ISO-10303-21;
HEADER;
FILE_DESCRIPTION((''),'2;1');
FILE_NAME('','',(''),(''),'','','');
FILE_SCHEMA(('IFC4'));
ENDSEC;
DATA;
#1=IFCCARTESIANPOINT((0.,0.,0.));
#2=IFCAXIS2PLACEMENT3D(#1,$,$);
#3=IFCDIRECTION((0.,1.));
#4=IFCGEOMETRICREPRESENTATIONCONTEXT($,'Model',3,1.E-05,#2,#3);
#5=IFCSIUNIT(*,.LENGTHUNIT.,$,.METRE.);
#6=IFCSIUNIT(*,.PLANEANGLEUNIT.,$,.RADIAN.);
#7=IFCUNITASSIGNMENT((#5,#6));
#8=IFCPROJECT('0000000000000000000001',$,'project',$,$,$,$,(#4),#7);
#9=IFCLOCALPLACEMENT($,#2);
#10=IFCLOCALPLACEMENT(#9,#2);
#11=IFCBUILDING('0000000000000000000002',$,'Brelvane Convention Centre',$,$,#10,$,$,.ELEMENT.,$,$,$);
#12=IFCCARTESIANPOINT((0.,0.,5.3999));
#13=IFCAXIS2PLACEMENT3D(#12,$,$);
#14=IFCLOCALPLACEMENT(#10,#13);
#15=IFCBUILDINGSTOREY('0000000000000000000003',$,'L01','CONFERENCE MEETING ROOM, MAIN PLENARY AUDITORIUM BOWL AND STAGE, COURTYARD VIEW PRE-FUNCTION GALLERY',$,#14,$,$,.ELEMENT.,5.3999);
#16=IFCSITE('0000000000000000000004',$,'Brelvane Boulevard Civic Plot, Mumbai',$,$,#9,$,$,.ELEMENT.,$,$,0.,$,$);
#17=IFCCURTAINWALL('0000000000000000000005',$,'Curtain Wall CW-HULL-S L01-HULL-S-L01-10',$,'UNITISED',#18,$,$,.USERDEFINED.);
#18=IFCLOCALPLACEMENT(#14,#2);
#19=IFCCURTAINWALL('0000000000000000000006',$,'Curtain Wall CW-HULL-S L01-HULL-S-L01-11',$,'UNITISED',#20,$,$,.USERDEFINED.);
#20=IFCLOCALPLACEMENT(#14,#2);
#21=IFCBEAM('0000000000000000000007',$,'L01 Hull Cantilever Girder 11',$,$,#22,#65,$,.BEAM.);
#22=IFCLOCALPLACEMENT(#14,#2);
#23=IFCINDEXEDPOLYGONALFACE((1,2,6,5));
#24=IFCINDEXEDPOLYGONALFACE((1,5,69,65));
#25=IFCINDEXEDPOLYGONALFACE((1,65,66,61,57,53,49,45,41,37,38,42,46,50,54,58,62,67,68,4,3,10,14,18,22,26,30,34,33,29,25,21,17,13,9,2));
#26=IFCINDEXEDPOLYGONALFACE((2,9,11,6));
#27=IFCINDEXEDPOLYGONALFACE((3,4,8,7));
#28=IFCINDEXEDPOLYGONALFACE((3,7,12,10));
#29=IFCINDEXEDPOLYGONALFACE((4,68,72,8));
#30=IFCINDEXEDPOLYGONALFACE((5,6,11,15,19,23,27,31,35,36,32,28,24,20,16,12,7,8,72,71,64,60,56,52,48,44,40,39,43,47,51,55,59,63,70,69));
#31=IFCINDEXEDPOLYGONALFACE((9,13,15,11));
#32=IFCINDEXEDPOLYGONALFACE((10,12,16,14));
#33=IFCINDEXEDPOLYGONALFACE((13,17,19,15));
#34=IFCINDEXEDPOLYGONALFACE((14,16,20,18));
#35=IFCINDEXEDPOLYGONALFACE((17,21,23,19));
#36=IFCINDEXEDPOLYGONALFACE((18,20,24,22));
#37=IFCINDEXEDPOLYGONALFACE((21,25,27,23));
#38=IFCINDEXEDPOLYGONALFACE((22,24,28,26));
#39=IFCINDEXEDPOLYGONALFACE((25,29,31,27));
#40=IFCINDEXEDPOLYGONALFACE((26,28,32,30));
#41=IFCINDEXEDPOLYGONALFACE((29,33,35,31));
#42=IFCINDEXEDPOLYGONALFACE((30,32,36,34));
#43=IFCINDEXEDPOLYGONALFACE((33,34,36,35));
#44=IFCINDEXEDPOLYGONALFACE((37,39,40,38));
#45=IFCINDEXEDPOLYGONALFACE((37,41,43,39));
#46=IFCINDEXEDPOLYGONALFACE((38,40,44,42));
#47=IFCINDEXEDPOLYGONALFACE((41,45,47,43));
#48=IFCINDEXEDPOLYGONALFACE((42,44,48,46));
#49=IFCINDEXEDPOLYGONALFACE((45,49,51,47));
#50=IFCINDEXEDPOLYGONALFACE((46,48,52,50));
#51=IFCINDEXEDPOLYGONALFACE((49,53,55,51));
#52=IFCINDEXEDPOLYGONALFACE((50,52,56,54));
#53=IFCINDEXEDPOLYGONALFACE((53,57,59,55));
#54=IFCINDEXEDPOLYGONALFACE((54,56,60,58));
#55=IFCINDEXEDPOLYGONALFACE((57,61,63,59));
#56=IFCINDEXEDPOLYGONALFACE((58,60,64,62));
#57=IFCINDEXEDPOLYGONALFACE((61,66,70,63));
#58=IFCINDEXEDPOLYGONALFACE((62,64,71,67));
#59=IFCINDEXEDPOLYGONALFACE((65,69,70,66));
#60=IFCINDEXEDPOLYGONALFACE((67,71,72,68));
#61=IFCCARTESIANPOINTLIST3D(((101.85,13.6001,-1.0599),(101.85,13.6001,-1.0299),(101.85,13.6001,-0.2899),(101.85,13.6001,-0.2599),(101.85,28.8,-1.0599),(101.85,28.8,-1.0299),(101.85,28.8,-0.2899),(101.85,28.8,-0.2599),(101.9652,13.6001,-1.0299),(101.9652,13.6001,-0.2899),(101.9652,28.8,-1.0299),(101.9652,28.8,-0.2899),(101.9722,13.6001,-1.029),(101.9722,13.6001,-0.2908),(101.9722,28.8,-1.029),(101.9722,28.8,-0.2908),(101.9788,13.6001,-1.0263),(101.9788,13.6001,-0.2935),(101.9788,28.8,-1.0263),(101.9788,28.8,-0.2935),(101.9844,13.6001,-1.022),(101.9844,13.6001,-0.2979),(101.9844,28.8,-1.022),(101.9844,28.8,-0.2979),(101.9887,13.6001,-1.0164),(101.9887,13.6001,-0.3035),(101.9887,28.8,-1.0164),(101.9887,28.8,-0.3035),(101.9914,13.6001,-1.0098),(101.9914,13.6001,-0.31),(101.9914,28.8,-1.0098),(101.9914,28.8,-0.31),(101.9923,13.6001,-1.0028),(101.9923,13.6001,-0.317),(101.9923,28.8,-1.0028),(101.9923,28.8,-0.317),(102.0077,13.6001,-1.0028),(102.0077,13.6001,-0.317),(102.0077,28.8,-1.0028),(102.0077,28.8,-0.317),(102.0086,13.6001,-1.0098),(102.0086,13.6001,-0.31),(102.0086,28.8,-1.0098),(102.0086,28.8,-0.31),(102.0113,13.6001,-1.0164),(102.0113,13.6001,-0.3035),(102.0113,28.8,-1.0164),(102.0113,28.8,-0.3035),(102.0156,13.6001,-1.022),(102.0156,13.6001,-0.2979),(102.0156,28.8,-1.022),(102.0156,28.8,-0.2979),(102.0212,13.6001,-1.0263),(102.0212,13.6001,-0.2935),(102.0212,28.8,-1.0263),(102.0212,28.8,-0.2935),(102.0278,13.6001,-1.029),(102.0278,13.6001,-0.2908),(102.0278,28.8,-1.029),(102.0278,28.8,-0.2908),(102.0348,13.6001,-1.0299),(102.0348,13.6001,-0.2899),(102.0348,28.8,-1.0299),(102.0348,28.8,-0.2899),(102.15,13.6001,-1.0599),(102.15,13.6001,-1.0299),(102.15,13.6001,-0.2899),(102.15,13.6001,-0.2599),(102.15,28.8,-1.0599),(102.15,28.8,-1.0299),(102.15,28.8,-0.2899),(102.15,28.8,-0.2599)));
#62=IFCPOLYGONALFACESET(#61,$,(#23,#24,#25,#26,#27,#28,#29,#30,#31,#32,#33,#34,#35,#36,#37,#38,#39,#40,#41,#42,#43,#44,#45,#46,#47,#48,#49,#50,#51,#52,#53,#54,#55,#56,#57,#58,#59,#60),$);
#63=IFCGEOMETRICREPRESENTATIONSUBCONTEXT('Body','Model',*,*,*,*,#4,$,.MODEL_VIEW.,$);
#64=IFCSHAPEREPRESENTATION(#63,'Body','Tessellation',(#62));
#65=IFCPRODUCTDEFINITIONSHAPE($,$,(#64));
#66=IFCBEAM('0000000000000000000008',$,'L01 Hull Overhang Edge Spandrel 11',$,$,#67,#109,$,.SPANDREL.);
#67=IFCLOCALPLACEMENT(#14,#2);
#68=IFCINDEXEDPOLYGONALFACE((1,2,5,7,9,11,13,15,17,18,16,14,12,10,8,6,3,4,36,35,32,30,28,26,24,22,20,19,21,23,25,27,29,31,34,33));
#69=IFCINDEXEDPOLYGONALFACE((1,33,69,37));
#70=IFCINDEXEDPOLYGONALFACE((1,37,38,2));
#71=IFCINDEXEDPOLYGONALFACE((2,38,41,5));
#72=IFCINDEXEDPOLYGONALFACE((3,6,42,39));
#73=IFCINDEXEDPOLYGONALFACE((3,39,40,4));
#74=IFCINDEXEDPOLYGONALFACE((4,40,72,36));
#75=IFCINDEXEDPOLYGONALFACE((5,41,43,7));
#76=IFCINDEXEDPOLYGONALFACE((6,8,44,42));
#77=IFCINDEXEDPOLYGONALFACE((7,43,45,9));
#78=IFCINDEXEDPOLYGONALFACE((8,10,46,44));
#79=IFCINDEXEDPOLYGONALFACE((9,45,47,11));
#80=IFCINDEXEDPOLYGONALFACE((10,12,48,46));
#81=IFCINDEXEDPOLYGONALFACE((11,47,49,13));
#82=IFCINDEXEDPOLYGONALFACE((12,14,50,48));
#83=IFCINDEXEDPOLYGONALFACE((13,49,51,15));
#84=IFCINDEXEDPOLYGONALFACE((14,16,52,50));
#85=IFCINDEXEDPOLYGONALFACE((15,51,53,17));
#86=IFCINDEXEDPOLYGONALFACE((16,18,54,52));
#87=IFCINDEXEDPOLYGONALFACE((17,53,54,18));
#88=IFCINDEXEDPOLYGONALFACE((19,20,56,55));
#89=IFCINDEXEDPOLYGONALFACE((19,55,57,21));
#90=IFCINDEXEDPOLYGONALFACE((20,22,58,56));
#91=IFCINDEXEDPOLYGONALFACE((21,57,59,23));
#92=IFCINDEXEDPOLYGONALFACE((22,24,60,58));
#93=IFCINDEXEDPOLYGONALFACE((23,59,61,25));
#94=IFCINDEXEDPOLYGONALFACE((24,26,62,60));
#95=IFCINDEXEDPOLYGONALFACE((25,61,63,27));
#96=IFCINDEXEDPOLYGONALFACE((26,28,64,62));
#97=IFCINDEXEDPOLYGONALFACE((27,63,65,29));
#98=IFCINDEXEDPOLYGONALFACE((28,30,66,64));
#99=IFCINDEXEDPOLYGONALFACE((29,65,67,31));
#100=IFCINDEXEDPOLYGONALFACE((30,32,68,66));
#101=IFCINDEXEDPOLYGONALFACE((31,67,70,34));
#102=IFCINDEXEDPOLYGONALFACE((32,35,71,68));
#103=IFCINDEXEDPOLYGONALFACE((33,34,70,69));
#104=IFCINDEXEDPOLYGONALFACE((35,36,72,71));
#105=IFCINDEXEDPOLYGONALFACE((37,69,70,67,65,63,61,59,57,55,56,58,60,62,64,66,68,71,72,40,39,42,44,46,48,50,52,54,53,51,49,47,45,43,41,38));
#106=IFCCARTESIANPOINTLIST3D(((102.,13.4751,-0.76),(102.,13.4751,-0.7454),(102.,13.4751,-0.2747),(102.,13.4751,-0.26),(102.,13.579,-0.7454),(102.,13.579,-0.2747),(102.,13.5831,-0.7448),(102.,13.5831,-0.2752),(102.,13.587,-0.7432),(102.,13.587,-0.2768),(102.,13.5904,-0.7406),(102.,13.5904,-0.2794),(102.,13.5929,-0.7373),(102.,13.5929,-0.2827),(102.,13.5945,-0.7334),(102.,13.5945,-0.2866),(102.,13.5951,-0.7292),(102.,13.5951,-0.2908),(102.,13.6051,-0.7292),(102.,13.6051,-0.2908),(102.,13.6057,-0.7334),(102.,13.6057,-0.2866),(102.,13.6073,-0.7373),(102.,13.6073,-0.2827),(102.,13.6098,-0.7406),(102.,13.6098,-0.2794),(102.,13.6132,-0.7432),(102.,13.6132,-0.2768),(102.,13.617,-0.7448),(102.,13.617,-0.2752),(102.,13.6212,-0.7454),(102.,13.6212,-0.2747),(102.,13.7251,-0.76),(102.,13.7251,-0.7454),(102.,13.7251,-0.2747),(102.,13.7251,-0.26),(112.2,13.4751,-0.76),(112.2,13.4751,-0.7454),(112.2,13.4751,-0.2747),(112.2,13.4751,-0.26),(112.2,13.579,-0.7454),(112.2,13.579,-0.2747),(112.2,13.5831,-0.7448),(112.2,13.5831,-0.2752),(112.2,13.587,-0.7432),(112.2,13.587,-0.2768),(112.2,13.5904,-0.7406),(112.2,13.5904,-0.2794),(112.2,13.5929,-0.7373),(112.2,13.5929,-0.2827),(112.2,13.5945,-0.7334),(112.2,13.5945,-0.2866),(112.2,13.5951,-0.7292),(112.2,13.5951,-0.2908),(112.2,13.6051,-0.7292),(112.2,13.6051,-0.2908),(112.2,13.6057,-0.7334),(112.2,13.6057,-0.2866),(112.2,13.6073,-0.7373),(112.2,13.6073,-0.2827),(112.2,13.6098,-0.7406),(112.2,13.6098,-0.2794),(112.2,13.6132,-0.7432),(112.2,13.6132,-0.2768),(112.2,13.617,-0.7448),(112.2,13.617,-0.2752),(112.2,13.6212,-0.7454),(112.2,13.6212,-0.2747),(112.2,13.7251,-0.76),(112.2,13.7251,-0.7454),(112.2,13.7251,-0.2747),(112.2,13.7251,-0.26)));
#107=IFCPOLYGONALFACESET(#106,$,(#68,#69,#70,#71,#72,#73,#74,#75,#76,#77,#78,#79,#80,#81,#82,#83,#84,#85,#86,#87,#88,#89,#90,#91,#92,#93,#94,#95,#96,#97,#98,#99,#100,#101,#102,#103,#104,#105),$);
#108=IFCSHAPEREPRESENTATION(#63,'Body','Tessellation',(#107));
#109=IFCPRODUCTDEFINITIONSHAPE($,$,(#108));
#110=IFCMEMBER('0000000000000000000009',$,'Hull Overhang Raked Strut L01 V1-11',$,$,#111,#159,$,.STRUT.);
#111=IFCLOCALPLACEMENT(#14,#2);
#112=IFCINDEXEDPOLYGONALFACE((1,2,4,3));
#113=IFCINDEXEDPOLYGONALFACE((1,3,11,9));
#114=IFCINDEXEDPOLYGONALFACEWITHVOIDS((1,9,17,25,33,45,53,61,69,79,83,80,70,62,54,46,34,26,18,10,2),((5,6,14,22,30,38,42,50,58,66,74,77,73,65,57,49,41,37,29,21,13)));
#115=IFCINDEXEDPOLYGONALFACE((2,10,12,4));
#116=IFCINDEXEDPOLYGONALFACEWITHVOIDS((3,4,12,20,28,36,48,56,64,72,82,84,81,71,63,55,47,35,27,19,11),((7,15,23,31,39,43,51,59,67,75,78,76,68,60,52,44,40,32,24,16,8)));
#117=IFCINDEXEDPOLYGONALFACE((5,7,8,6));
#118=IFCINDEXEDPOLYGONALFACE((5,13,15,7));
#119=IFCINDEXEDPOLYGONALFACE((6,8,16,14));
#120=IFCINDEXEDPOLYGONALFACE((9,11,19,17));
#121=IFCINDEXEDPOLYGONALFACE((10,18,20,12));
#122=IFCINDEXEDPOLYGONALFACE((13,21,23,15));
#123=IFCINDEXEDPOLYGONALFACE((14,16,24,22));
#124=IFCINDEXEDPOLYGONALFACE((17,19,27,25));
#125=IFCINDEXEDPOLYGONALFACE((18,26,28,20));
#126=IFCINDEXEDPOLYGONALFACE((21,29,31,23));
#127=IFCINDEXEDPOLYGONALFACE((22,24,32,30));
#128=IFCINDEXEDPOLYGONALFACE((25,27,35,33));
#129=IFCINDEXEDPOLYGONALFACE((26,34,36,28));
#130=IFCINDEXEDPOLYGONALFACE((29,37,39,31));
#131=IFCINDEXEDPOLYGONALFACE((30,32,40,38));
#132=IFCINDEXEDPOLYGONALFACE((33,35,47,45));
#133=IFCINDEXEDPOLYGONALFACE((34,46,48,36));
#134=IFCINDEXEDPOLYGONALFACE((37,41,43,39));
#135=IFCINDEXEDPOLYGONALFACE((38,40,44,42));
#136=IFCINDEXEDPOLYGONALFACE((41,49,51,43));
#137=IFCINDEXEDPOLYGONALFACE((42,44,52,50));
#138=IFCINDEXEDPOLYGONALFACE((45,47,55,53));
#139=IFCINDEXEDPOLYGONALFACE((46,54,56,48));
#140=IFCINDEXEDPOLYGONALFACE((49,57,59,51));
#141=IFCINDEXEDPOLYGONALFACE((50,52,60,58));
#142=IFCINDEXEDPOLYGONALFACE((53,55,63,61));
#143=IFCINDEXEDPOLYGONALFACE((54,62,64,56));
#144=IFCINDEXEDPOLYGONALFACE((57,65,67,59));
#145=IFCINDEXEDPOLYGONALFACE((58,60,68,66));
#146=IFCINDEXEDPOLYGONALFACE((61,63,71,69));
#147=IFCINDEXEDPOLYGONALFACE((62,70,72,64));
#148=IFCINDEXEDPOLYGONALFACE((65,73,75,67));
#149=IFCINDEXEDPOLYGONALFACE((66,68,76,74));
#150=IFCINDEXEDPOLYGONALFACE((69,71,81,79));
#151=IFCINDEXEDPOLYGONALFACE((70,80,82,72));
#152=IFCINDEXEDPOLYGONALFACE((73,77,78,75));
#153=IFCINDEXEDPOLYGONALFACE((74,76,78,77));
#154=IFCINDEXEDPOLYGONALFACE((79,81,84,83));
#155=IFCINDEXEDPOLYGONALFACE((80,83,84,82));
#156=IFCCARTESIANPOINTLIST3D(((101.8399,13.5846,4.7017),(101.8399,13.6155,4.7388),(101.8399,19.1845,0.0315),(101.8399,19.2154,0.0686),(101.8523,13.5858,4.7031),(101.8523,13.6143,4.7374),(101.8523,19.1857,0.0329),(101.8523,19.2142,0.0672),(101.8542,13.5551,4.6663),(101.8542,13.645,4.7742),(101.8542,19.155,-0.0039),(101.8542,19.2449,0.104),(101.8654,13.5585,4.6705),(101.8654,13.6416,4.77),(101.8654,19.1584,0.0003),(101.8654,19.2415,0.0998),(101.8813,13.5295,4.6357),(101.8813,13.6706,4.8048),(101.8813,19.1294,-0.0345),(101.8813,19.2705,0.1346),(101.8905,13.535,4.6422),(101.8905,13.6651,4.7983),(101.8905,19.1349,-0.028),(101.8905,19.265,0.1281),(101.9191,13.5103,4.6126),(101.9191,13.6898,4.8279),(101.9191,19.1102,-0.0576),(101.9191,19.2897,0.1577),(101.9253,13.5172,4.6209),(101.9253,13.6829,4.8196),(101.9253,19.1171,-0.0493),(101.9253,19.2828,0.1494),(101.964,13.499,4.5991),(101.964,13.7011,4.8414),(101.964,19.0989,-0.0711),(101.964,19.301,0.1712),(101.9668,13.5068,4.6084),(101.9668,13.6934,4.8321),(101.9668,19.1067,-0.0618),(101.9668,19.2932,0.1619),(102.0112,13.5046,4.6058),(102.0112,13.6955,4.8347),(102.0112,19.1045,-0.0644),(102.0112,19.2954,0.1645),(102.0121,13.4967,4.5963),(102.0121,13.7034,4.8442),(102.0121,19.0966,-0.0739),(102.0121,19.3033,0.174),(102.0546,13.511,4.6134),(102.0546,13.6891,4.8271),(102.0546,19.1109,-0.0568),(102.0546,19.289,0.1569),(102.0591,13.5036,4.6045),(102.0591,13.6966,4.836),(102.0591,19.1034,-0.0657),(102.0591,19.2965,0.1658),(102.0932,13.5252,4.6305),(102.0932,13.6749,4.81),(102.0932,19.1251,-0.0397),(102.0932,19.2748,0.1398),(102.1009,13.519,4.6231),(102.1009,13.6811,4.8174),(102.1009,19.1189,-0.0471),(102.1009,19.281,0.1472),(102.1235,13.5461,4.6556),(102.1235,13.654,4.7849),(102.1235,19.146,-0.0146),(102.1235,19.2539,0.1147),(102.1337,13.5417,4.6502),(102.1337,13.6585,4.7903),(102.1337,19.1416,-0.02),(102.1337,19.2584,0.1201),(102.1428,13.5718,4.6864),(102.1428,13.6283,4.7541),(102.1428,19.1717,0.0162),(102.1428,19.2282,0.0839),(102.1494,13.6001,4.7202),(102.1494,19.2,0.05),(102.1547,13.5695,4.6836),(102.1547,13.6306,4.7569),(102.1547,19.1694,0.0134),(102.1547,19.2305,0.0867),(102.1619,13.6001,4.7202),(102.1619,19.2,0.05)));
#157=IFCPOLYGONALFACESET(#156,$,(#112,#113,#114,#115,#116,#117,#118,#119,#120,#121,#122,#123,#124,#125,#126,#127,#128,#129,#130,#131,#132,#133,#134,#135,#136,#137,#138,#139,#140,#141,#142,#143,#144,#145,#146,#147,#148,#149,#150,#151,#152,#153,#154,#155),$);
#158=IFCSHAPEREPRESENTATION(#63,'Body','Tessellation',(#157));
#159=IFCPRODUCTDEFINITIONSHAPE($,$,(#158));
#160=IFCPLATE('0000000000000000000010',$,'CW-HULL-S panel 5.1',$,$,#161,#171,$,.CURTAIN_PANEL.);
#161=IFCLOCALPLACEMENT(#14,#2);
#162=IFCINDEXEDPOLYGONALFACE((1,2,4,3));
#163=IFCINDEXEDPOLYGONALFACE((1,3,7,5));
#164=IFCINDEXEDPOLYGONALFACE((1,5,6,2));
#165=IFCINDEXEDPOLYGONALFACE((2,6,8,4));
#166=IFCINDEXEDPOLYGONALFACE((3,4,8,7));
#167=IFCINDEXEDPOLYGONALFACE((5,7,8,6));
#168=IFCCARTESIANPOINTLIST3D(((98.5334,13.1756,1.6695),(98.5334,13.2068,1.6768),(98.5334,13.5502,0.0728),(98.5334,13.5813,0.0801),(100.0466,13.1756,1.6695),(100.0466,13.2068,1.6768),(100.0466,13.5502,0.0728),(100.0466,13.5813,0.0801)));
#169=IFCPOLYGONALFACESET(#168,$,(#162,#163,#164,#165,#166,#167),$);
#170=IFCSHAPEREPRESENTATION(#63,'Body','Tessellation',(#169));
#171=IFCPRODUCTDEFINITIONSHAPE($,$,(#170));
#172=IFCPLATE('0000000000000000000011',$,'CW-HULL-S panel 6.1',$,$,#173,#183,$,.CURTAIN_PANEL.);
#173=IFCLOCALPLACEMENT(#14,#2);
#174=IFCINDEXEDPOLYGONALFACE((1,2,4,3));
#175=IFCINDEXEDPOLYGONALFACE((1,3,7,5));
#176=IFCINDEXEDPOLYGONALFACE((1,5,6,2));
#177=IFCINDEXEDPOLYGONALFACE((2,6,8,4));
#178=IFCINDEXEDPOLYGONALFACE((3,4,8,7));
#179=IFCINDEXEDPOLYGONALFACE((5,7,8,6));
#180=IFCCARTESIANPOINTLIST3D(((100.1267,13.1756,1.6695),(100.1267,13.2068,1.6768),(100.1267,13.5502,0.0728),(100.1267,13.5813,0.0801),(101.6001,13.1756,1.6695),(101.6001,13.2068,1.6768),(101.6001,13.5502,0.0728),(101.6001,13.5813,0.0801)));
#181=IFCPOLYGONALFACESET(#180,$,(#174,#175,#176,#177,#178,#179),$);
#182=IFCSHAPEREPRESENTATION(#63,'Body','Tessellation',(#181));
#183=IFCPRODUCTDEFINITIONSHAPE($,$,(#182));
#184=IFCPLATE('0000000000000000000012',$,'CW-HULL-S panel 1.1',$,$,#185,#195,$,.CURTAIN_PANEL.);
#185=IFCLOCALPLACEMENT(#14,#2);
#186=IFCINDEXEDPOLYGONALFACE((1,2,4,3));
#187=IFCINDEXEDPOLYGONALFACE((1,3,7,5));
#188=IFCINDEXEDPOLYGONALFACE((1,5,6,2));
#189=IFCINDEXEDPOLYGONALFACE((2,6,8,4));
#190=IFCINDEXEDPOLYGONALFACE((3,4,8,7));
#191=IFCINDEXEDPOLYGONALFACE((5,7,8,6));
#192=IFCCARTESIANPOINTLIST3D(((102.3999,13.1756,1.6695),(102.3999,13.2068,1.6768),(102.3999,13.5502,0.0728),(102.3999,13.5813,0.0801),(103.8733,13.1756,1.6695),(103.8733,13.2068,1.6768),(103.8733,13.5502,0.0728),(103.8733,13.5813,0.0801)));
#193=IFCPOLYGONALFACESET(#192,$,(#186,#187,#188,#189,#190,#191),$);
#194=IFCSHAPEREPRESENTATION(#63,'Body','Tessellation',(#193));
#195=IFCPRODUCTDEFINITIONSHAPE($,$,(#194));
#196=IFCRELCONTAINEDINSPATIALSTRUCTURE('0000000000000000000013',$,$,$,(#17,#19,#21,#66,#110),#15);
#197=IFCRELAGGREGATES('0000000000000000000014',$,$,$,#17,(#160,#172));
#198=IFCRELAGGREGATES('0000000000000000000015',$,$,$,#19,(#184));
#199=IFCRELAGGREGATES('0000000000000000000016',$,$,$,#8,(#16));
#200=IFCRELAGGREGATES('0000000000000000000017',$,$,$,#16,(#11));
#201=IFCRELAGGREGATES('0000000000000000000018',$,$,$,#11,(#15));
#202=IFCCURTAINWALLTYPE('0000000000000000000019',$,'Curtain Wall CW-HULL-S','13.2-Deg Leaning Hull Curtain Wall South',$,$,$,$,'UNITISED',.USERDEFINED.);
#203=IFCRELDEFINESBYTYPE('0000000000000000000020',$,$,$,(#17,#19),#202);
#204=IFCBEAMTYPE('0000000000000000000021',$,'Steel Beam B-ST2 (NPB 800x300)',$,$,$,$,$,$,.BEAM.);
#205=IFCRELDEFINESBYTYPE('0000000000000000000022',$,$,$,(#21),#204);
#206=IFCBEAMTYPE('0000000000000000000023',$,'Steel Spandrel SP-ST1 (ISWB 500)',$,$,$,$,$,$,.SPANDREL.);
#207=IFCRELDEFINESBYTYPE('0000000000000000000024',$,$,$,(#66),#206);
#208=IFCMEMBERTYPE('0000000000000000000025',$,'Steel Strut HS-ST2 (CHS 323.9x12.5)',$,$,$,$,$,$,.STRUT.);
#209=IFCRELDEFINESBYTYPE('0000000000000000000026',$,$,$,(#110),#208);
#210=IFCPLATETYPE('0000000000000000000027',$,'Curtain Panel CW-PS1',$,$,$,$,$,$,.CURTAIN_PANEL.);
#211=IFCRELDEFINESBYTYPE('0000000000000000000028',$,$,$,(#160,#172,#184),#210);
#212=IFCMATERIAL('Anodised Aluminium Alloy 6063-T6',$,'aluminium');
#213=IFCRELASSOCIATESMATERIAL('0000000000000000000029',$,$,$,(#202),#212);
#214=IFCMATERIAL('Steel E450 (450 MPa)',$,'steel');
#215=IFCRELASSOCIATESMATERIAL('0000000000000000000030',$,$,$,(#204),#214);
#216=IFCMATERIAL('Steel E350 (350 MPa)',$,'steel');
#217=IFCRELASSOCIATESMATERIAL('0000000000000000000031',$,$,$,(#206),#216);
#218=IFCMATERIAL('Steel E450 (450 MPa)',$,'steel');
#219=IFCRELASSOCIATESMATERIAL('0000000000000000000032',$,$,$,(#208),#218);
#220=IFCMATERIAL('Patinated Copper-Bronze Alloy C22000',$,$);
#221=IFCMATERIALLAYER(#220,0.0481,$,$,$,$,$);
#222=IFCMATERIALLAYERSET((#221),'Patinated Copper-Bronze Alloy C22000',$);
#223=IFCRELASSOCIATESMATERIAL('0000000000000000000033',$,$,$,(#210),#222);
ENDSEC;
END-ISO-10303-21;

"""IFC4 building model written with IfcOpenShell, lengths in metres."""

from ifc_helpers import new_model, si_unit, direction, frame, origin, origin_2d, place, context, subcontext, project, spatial, polyline, hollow_circle, i_section, outline, extrude, material, layer, layer_set, material_profile, profile_set, type_object, element, aggregate, save


model = new_model("IFC4")

# Units and contexts
model_context = context("Model", 3, precision=1e-05, world=origin(), true_north=direction((0.0, 1.0)))
body_context = subcontext(model_context, "Body", "Model", "MODEL_VIEW")
ifc_project = project(units=[si_unit("LENGTHUNIT", "METRE"), si_unit("PLANEANGLEUNIT", "RADIAN")], contexts=[model_context])

# Site, building, storey
site_placement = place(None, origin())
site = spatial("IfcSite", under=ifc_project, at=site_placement, Name="Brelvane Boulevard Civic Plot, Mumbai", CompositionType="ELEMENT", RefElevation=0.0)
building_placement = place(site_placement, origin())
building = spatial("IfcBuilding", under=site, at=building_placement, Name="Brelvane Convention Centre", CompositionType="ELEMENT")
storey_placement = place(building_placement, frame((0.0, 0.0, 5.3999)))
storey = spatial("IfcBuildingStorey", under=building, at=storey_placement, Name="L01", Description="CONFERENCE MEETING ROOM, MAIN PLENARY AUDITORIUM BOWL AND STAGE, COURTYARD VIEW PRE-FUNCTION GALLERY", CompositionType="ELEMENT", Elevation=5.3999)

# Curtain walls
ifc_material_1 = material(Name="Anodised Aluminium Alloy 6063-T6", Category="aluminium")
curtain_wall_type = type_object("IfcCurtainWallType", Name="Curtain Wall CW-HULL-S", Description="13.2-Deg Leaning Hull Curtain Wall South", ElementType="UNITISED", PredefinedType="USERDEFINED", material=ifc_material_1)
curtain_wall_1_placement = place(storey_placement, origin())
curtain_wall_1 = element("IfcCurtainWall", 1, at=curtain_wall_1_placement, inside=storey, type_object=curtain_wall_type, Name="Curtain Wall CW-HULL-S L01-HULL-S-L01-10", ObjectType="UNITISED", PredefinedType="USERDEFINED")
curtain_wall_2_placement = place(storey_placement, origin())
curtain_wall_2 = element("IfcCurtainWall", 2, at=curtain_wall_2_placement, inside=storey, type_object=curtain_wall_type, Name="Curtain Wall CW-HULL-S L01-HULL-S-L01-11", ObjectType="UNITISED", PredefinedType="USERDEFINED")

# Beams
ifc_material_2 = material(Name="Steel E450 (450 MPa)", Category="steel")
ifc_material_profile_1 = material_profile(ifc_material_2, i_section(OverallWidth=0.3, OverallDepth=0.8, WebThickness=0.0154, FlangeThickness=0.03, FilletRadius=0.0271, at=origin_2d()), Name="NPB 800x300")
ifc_profile_set_1 = profile_set([ifc_material_profile_1], Name="Steel E450 (450 MPa)")
beam_type_1 = type_object("IfcBeamType", Name="Steel Beam B-ST2 (NPB 800x300)", PredefinedType="BEAM", material=ifc_profile_set_1)
beam_1_placement = place(storey_placement, frame((102.0, 13.6001, -0.6599), z_axis=(0.0, 1.0, 0.0), x_axis=(-1.0, 0.0, 0.0)))
element("IfcBeam", 3, at=beam_1_placement, inside=storey, type_object=beam_type_1, Name="L01 Hull Cantilever Girder 11", PredefinedType="BEAM", context=body_context, shape_type="SweptSolid", body=[
    extrude(i_section(OverallWidth=0.3, OverallDepth=0.8, WebThickness=0.0154, FlangeThickness=0.03, FilletRadius=0.0271, at=origin_2d()), origin(), (0.0, 0.0, 1.0), 15.2),
])
ifc_material_3 = material(Name="Steel E350 (350 MPa)", Category="steel")
ifc_material_profile_2 = material_profile(ifc_material_3, i_section(OverallWidth=0.25, OverallDepth=0.5, WebThickness=0.01, FlangeThickness=0.0146, FilletRadius=0.0161, at=origin_2d()), Name="ISWB 500")
ifc_profile_set_2 = profile_set([ifc_material_profile_2], Name="Steel E350 (350 MPa)")
beam_type_2 = type_object("IfcBeamType", Name="Steel Spandrel SP-ST1 (ISWB 500)", PredefinedType="SPANDREL", material=ifc_profile_set_2)
beam_2_placement = place(storey_placement, frame((102.0, 13.6001, -0.51), z_axis=(1.0, 0.0, 0.0), x_axis=(0.0, 1.0, 0.0)))
element("IfcBeam", 4, at=beam_2_placement, inside=storey, type_object=beam_type_2, Name="L01 Hull Overhang Edge Spandrel 11", PredefinedType="SPANDREL", context=body_context, shape_type="SweptSolid", body=[
    extrude(i_section(OverallWidth=0.25, OverallDepth=0.5, WebThickness=0.01, FlangeThickness=0.0146, FilletRadius=0.0161, at=origin_2d()), origin(), (0.0, 0.0, 1.0), 10.2),
])

# Member
ifc_material_4 = material(Name="Steel E450 (450 MPa)", Category="steel")
ifc_material_profile_3 = material_profile(ifc_material_4, hollow_circle(Radius=0.1619, WallThickness=0.0125, at=origin_2d()), Name="CHS 323.9x12.5")
ifc_profile_set_3 = profile_set([ifc_material_profile_3], Name="Steel E450 (450 MPa)")
member_type_1 = type_object("IfcMemberType", Name="Steel Strut HS-ST2 (CHS 323.9x12.5)", PredefinedType="STRUT", material=ifc_profile_set_3)
member_1_placement = place(storey_placement, frame((102.0, 19.2, 0.05), z_axis=(0.0, -0.767977, 0.640477), x_axis=(1.0, 0.0, 0.0)))
element("IfcMember", 5, at=member_1_placement, inside=storey, type_object=member_type_1, Name="Hull Overhang Raked Strut L01 V1-11", PredefinedType="STRUT", context=body_context, shape_type="SweptSolid", body=[
    extrude(hollow_circle(Radius=0.1619, WallThickness=0.0125, at=origin_2d()), origin(), (0.0, 0.0, 1.0), 7.2917),
])

# Plates
ifc_material_5 = material(Name="Patinated Copper-Bronze Alloy C22000")
ifc_layer_1 = layer(ifc_material_5, 0.0481)
ifc_layer_set_1 = layer_set([ifc_layer_1], Name="Patinated Copper-Bronze Alloy C22000")
plate_type_1 = type_object("IfcPlateType", Name="Curtain Panel CW-PS1", PredefinedType="CURTAIN_PANEL", material=ifc_layer_set_1)
plate_1_placement = place(storey_placement, frame((98.5334, 13.5813, 0.0801), z_axis=(0.0, 0.973577, 0.228359), x_axis=(1.0, 0.0, 0.0)))
plate_1 = element("IfcPlate", 6, at=plate_1_placement, type_object=plate_type_1, Name="CW-HULL-S panel 5.1", PredefinedType="CURTAIN_PANEL", context=body_context, shape_type="SweptSolid", body=[
    extrude(outline(polyline([(0.0, 0.0), (1.5132, 0.0), (1.5132, -1.64), (0.0, -1.64), (0.0, 0.0)])), origin(), (0.0, 0.0, -1.0), 0.032),
])
plate_2_placement = place(storey_placement, frame((100.1267, 13.5813, 0.0801), z_axis=(0.0, 0.973577, 0.228359), x_axis=(1.0, 0.0, 0.0)))
plate_2 = element("IfcPlate", 7, at=plate_2_placement, type_object=plate_type_1, Name="CW-HULL-S panel 6.1", PredefinedType="CURTAIN_PANEL", context=body_context, shape_type="SweptSolid", body=[
    extrude(outline(polyline([(0.0, 0.0), (1.4734, 0.0), (1.4734, -1.64), (0.0, -1.64), (0.0, 0.0)])), origin(), (0.0, 0.0, -1.0), 0.032),
])
aggregate(curtain_wall_1, [plate_1, plate_2])
plate_3_placement = place(storey_placement, frame((102.3999, 13.5813, 0.0801), z_axis=(0.0, 0.973577, 0.228359), x_axis=(1.0, 0.0, 0.0)))
plate_3 = element("IfcPlate", 8, at=plate_3_placement, type_object=plate_type_1, Name="CW-HULL-S panel 1.1", PredefinedType="CURTAIN_PANEL", context=body_context, shape_type="SweptSolid", body=[
    extrude(outline(polyline([(0.0, 0.0), (1.4734, 0.0), (1.4734, -1.64), (0.0, -1.64), (0.0, 0.0)])), origin(), (0.0, 0.0, -1.0), 0.032),
])
aggregate(curtain_wall_2, [plate_3])

save(model, "model.ifc")
